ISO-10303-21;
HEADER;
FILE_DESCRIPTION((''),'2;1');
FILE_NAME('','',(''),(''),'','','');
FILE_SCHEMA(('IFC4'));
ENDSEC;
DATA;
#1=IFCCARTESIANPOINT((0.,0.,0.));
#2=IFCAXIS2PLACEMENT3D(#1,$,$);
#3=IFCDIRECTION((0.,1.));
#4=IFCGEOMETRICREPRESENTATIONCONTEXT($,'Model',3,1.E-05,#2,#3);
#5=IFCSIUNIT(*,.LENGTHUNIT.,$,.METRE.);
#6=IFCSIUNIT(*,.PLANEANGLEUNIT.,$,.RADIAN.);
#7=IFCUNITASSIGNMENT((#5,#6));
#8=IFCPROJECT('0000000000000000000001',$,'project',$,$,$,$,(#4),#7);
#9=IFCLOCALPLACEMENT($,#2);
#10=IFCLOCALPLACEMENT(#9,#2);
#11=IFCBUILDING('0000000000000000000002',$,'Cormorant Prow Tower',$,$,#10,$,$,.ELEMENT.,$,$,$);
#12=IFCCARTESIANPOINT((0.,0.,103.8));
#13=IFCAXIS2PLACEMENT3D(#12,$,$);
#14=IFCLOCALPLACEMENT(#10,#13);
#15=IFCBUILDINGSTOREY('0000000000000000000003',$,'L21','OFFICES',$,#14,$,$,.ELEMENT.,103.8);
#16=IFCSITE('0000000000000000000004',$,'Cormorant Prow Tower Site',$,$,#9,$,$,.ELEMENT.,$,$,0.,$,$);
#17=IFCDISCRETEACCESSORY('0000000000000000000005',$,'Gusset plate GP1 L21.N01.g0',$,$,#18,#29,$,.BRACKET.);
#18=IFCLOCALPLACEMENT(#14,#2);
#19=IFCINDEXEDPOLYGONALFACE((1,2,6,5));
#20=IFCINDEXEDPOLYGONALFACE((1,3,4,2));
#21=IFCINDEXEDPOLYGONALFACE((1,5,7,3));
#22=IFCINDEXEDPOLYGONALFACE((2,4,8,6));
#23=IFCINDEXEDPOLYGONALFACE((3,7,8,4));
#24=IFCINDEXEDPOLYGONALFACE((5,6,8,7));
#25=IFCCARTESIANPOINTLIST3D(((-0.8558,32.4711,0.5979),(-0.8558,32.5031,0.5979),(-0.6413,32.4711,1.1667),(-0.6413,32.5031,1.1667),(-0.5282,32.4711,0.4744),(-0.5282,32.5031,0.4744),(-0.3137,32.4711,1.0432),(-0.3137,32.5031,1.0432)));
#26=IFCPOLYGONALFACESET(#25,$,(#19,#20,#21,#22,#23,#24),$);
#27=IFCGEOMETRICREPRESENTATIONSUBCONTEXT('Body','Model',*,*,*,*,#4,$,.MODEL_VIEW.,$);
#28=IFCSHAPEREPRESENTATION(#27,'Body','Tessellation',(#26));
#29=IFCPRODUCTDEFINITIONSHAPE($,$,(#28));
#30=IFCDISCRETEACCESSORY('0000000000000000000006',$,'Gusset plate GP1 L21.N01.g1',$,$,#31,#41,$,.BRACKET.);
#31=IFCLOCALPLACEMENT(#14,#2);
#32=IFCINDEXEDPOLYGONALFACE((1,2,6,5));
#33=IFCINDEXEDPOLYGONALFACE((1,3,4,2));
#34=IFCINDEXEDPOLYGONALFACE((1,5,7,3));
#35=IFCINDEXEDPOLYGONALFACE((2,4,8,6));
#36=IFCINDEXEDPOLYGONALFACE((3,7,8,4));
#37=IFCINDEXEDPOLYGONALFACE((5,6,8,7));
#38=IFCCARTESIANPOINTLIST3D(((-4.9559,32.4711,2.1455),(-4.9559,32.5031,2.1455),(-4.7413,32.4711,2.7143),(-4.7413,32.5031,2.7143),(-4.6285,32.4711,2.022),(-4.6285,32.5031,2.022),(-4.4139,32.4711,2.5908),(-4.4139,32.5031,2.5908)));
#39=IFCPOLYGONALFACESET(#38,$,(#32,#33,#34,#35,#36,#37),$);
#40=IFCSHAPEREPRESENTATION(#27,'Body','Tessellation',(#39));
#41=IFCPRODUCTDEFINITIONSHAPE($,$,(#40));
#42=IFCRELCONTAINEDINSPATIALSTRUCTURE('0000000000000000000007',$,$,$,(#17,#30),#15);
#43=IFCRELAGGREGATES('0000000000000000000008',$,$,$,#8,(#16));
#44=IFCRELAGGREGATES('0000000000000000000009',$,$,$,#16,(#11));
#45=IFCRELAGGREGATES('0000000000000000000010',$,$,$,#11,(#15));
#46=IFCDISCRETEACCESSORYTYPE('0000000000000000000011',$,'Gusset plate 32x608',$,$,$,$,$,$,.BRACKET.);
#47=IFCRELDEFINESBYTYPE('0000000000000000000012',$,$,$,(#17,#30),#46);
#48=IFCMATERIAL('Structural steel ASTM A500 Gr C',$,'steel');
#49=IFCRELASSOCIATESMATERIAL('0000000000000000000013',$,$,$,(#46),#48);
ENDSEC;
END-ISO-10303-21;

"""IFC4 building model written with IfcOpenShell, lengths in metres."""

from ifc_helpers import new_model, si_unit, direction, frame, origin, origin_2d, place, context, subcontext, project, spatial, rectangle, extrude, material, material_profile, profile_set, type_object, element, save


model = new_model("IFC4")

# Units and contexts
model_context = context("Model", 3, precision=1e-05, world=origin(), true_north=direction((0.0, 1.0)))
body_context = subcontext(model_context, "Body", "Model", "MODEL_VIEW")
ifc_project = project(units=[si_unit("LENGTHUNIT", "METRE"), si_unit("PLANEANGLEUNIT", "RADIAN")], contexts=[model_context])

# Site, building, storey
site_placement = place(None, origin())
site = spatial("IfcSite", under=ifc_project, at=site_placement, Name="Cormorant Prow Tower Site", CompositionType="ELEMENT", RefElevation=0.0)
building_placement = place(site_placement, origin())
building = spatial("IfcBuilding", under=site, at=building_placement, Name="Cormorant Prow Tower", CompositionType="ELEMENT")
storey_placement = place(building_placement, frame((0.0, 0.0, 103.8)))
storey = spatial("IfcBuildingStorey", under=building, at=storey_placement, Name="L21", Description="OFFICES", CompositionType="ELEMENT", Elevation=103.8)

# Discrete accessories
ifc_material_1 = material(Name="Structural steel ASTM A500 Gr C", Category="steel")
ifc_material_profile_1 = material_profile(ifc_material_1, rectangle(XDim=0.032, YDim=0.6079, at=origin_2d()), Name="Gusset plate 32x608")
ifc_profile_set_1 = profile_set([ifc_material_profile_1], Name="Structural steel ASTM A500 Gr C")
discrete_accessory_type = type_object("IfcDiscreteAccessoryType", Name="Gusset plate 32x608", PredefinedType="BRACKET", material=ifc_profile_set_1)
discrete_accessory_1_placement = place(storey_placement, frame((-0.7485, 32.4871, 0.8823), z_axis=(0.935697, 0.0, -0.352804), x_axis=(0.0, 1.0, 0.0)))
element("IfcDiscreteAccessory", 1, at=discrete_accessory_1_placement, inside=storey, type_object=discrete_accessory_type, Name="Gusset plate GP1 L21.N01.g0", PredefinedType="BRACKET", context=body_context, shape_type="SweptSolid", body=[
    extrude(rectangle(XDim=0.032, YDim=0.6079, at=origin_2d()), origin(), (0.0, 0.0, 1.0), 0.3501),
])
discrete_accessory_2_placement = place(storey_placement, frame((-4.5212, 32.4871, 2.3064), z_axis=(-0.93561, 0.0, 0.353034), x_axis=(0.0, -1.0, 0.0)))
element("IfcDiscreteAccessory", 2, at=discrete_accessory_2_placement, inside=storey, type_object=discrete_accessory_type, Name="Gusset plate GP1 L21.N01.g1", PredefinedType="BRACKET", context=body_context, shape_type="SweptSolid", body=[
    extrude(rectangle(XDim=0.032, YDim=0.6079, at=origin_2d()), origin(), (0.0, 0.0, 1.0), 0.3499),
])

save(model, "model.ifc")
